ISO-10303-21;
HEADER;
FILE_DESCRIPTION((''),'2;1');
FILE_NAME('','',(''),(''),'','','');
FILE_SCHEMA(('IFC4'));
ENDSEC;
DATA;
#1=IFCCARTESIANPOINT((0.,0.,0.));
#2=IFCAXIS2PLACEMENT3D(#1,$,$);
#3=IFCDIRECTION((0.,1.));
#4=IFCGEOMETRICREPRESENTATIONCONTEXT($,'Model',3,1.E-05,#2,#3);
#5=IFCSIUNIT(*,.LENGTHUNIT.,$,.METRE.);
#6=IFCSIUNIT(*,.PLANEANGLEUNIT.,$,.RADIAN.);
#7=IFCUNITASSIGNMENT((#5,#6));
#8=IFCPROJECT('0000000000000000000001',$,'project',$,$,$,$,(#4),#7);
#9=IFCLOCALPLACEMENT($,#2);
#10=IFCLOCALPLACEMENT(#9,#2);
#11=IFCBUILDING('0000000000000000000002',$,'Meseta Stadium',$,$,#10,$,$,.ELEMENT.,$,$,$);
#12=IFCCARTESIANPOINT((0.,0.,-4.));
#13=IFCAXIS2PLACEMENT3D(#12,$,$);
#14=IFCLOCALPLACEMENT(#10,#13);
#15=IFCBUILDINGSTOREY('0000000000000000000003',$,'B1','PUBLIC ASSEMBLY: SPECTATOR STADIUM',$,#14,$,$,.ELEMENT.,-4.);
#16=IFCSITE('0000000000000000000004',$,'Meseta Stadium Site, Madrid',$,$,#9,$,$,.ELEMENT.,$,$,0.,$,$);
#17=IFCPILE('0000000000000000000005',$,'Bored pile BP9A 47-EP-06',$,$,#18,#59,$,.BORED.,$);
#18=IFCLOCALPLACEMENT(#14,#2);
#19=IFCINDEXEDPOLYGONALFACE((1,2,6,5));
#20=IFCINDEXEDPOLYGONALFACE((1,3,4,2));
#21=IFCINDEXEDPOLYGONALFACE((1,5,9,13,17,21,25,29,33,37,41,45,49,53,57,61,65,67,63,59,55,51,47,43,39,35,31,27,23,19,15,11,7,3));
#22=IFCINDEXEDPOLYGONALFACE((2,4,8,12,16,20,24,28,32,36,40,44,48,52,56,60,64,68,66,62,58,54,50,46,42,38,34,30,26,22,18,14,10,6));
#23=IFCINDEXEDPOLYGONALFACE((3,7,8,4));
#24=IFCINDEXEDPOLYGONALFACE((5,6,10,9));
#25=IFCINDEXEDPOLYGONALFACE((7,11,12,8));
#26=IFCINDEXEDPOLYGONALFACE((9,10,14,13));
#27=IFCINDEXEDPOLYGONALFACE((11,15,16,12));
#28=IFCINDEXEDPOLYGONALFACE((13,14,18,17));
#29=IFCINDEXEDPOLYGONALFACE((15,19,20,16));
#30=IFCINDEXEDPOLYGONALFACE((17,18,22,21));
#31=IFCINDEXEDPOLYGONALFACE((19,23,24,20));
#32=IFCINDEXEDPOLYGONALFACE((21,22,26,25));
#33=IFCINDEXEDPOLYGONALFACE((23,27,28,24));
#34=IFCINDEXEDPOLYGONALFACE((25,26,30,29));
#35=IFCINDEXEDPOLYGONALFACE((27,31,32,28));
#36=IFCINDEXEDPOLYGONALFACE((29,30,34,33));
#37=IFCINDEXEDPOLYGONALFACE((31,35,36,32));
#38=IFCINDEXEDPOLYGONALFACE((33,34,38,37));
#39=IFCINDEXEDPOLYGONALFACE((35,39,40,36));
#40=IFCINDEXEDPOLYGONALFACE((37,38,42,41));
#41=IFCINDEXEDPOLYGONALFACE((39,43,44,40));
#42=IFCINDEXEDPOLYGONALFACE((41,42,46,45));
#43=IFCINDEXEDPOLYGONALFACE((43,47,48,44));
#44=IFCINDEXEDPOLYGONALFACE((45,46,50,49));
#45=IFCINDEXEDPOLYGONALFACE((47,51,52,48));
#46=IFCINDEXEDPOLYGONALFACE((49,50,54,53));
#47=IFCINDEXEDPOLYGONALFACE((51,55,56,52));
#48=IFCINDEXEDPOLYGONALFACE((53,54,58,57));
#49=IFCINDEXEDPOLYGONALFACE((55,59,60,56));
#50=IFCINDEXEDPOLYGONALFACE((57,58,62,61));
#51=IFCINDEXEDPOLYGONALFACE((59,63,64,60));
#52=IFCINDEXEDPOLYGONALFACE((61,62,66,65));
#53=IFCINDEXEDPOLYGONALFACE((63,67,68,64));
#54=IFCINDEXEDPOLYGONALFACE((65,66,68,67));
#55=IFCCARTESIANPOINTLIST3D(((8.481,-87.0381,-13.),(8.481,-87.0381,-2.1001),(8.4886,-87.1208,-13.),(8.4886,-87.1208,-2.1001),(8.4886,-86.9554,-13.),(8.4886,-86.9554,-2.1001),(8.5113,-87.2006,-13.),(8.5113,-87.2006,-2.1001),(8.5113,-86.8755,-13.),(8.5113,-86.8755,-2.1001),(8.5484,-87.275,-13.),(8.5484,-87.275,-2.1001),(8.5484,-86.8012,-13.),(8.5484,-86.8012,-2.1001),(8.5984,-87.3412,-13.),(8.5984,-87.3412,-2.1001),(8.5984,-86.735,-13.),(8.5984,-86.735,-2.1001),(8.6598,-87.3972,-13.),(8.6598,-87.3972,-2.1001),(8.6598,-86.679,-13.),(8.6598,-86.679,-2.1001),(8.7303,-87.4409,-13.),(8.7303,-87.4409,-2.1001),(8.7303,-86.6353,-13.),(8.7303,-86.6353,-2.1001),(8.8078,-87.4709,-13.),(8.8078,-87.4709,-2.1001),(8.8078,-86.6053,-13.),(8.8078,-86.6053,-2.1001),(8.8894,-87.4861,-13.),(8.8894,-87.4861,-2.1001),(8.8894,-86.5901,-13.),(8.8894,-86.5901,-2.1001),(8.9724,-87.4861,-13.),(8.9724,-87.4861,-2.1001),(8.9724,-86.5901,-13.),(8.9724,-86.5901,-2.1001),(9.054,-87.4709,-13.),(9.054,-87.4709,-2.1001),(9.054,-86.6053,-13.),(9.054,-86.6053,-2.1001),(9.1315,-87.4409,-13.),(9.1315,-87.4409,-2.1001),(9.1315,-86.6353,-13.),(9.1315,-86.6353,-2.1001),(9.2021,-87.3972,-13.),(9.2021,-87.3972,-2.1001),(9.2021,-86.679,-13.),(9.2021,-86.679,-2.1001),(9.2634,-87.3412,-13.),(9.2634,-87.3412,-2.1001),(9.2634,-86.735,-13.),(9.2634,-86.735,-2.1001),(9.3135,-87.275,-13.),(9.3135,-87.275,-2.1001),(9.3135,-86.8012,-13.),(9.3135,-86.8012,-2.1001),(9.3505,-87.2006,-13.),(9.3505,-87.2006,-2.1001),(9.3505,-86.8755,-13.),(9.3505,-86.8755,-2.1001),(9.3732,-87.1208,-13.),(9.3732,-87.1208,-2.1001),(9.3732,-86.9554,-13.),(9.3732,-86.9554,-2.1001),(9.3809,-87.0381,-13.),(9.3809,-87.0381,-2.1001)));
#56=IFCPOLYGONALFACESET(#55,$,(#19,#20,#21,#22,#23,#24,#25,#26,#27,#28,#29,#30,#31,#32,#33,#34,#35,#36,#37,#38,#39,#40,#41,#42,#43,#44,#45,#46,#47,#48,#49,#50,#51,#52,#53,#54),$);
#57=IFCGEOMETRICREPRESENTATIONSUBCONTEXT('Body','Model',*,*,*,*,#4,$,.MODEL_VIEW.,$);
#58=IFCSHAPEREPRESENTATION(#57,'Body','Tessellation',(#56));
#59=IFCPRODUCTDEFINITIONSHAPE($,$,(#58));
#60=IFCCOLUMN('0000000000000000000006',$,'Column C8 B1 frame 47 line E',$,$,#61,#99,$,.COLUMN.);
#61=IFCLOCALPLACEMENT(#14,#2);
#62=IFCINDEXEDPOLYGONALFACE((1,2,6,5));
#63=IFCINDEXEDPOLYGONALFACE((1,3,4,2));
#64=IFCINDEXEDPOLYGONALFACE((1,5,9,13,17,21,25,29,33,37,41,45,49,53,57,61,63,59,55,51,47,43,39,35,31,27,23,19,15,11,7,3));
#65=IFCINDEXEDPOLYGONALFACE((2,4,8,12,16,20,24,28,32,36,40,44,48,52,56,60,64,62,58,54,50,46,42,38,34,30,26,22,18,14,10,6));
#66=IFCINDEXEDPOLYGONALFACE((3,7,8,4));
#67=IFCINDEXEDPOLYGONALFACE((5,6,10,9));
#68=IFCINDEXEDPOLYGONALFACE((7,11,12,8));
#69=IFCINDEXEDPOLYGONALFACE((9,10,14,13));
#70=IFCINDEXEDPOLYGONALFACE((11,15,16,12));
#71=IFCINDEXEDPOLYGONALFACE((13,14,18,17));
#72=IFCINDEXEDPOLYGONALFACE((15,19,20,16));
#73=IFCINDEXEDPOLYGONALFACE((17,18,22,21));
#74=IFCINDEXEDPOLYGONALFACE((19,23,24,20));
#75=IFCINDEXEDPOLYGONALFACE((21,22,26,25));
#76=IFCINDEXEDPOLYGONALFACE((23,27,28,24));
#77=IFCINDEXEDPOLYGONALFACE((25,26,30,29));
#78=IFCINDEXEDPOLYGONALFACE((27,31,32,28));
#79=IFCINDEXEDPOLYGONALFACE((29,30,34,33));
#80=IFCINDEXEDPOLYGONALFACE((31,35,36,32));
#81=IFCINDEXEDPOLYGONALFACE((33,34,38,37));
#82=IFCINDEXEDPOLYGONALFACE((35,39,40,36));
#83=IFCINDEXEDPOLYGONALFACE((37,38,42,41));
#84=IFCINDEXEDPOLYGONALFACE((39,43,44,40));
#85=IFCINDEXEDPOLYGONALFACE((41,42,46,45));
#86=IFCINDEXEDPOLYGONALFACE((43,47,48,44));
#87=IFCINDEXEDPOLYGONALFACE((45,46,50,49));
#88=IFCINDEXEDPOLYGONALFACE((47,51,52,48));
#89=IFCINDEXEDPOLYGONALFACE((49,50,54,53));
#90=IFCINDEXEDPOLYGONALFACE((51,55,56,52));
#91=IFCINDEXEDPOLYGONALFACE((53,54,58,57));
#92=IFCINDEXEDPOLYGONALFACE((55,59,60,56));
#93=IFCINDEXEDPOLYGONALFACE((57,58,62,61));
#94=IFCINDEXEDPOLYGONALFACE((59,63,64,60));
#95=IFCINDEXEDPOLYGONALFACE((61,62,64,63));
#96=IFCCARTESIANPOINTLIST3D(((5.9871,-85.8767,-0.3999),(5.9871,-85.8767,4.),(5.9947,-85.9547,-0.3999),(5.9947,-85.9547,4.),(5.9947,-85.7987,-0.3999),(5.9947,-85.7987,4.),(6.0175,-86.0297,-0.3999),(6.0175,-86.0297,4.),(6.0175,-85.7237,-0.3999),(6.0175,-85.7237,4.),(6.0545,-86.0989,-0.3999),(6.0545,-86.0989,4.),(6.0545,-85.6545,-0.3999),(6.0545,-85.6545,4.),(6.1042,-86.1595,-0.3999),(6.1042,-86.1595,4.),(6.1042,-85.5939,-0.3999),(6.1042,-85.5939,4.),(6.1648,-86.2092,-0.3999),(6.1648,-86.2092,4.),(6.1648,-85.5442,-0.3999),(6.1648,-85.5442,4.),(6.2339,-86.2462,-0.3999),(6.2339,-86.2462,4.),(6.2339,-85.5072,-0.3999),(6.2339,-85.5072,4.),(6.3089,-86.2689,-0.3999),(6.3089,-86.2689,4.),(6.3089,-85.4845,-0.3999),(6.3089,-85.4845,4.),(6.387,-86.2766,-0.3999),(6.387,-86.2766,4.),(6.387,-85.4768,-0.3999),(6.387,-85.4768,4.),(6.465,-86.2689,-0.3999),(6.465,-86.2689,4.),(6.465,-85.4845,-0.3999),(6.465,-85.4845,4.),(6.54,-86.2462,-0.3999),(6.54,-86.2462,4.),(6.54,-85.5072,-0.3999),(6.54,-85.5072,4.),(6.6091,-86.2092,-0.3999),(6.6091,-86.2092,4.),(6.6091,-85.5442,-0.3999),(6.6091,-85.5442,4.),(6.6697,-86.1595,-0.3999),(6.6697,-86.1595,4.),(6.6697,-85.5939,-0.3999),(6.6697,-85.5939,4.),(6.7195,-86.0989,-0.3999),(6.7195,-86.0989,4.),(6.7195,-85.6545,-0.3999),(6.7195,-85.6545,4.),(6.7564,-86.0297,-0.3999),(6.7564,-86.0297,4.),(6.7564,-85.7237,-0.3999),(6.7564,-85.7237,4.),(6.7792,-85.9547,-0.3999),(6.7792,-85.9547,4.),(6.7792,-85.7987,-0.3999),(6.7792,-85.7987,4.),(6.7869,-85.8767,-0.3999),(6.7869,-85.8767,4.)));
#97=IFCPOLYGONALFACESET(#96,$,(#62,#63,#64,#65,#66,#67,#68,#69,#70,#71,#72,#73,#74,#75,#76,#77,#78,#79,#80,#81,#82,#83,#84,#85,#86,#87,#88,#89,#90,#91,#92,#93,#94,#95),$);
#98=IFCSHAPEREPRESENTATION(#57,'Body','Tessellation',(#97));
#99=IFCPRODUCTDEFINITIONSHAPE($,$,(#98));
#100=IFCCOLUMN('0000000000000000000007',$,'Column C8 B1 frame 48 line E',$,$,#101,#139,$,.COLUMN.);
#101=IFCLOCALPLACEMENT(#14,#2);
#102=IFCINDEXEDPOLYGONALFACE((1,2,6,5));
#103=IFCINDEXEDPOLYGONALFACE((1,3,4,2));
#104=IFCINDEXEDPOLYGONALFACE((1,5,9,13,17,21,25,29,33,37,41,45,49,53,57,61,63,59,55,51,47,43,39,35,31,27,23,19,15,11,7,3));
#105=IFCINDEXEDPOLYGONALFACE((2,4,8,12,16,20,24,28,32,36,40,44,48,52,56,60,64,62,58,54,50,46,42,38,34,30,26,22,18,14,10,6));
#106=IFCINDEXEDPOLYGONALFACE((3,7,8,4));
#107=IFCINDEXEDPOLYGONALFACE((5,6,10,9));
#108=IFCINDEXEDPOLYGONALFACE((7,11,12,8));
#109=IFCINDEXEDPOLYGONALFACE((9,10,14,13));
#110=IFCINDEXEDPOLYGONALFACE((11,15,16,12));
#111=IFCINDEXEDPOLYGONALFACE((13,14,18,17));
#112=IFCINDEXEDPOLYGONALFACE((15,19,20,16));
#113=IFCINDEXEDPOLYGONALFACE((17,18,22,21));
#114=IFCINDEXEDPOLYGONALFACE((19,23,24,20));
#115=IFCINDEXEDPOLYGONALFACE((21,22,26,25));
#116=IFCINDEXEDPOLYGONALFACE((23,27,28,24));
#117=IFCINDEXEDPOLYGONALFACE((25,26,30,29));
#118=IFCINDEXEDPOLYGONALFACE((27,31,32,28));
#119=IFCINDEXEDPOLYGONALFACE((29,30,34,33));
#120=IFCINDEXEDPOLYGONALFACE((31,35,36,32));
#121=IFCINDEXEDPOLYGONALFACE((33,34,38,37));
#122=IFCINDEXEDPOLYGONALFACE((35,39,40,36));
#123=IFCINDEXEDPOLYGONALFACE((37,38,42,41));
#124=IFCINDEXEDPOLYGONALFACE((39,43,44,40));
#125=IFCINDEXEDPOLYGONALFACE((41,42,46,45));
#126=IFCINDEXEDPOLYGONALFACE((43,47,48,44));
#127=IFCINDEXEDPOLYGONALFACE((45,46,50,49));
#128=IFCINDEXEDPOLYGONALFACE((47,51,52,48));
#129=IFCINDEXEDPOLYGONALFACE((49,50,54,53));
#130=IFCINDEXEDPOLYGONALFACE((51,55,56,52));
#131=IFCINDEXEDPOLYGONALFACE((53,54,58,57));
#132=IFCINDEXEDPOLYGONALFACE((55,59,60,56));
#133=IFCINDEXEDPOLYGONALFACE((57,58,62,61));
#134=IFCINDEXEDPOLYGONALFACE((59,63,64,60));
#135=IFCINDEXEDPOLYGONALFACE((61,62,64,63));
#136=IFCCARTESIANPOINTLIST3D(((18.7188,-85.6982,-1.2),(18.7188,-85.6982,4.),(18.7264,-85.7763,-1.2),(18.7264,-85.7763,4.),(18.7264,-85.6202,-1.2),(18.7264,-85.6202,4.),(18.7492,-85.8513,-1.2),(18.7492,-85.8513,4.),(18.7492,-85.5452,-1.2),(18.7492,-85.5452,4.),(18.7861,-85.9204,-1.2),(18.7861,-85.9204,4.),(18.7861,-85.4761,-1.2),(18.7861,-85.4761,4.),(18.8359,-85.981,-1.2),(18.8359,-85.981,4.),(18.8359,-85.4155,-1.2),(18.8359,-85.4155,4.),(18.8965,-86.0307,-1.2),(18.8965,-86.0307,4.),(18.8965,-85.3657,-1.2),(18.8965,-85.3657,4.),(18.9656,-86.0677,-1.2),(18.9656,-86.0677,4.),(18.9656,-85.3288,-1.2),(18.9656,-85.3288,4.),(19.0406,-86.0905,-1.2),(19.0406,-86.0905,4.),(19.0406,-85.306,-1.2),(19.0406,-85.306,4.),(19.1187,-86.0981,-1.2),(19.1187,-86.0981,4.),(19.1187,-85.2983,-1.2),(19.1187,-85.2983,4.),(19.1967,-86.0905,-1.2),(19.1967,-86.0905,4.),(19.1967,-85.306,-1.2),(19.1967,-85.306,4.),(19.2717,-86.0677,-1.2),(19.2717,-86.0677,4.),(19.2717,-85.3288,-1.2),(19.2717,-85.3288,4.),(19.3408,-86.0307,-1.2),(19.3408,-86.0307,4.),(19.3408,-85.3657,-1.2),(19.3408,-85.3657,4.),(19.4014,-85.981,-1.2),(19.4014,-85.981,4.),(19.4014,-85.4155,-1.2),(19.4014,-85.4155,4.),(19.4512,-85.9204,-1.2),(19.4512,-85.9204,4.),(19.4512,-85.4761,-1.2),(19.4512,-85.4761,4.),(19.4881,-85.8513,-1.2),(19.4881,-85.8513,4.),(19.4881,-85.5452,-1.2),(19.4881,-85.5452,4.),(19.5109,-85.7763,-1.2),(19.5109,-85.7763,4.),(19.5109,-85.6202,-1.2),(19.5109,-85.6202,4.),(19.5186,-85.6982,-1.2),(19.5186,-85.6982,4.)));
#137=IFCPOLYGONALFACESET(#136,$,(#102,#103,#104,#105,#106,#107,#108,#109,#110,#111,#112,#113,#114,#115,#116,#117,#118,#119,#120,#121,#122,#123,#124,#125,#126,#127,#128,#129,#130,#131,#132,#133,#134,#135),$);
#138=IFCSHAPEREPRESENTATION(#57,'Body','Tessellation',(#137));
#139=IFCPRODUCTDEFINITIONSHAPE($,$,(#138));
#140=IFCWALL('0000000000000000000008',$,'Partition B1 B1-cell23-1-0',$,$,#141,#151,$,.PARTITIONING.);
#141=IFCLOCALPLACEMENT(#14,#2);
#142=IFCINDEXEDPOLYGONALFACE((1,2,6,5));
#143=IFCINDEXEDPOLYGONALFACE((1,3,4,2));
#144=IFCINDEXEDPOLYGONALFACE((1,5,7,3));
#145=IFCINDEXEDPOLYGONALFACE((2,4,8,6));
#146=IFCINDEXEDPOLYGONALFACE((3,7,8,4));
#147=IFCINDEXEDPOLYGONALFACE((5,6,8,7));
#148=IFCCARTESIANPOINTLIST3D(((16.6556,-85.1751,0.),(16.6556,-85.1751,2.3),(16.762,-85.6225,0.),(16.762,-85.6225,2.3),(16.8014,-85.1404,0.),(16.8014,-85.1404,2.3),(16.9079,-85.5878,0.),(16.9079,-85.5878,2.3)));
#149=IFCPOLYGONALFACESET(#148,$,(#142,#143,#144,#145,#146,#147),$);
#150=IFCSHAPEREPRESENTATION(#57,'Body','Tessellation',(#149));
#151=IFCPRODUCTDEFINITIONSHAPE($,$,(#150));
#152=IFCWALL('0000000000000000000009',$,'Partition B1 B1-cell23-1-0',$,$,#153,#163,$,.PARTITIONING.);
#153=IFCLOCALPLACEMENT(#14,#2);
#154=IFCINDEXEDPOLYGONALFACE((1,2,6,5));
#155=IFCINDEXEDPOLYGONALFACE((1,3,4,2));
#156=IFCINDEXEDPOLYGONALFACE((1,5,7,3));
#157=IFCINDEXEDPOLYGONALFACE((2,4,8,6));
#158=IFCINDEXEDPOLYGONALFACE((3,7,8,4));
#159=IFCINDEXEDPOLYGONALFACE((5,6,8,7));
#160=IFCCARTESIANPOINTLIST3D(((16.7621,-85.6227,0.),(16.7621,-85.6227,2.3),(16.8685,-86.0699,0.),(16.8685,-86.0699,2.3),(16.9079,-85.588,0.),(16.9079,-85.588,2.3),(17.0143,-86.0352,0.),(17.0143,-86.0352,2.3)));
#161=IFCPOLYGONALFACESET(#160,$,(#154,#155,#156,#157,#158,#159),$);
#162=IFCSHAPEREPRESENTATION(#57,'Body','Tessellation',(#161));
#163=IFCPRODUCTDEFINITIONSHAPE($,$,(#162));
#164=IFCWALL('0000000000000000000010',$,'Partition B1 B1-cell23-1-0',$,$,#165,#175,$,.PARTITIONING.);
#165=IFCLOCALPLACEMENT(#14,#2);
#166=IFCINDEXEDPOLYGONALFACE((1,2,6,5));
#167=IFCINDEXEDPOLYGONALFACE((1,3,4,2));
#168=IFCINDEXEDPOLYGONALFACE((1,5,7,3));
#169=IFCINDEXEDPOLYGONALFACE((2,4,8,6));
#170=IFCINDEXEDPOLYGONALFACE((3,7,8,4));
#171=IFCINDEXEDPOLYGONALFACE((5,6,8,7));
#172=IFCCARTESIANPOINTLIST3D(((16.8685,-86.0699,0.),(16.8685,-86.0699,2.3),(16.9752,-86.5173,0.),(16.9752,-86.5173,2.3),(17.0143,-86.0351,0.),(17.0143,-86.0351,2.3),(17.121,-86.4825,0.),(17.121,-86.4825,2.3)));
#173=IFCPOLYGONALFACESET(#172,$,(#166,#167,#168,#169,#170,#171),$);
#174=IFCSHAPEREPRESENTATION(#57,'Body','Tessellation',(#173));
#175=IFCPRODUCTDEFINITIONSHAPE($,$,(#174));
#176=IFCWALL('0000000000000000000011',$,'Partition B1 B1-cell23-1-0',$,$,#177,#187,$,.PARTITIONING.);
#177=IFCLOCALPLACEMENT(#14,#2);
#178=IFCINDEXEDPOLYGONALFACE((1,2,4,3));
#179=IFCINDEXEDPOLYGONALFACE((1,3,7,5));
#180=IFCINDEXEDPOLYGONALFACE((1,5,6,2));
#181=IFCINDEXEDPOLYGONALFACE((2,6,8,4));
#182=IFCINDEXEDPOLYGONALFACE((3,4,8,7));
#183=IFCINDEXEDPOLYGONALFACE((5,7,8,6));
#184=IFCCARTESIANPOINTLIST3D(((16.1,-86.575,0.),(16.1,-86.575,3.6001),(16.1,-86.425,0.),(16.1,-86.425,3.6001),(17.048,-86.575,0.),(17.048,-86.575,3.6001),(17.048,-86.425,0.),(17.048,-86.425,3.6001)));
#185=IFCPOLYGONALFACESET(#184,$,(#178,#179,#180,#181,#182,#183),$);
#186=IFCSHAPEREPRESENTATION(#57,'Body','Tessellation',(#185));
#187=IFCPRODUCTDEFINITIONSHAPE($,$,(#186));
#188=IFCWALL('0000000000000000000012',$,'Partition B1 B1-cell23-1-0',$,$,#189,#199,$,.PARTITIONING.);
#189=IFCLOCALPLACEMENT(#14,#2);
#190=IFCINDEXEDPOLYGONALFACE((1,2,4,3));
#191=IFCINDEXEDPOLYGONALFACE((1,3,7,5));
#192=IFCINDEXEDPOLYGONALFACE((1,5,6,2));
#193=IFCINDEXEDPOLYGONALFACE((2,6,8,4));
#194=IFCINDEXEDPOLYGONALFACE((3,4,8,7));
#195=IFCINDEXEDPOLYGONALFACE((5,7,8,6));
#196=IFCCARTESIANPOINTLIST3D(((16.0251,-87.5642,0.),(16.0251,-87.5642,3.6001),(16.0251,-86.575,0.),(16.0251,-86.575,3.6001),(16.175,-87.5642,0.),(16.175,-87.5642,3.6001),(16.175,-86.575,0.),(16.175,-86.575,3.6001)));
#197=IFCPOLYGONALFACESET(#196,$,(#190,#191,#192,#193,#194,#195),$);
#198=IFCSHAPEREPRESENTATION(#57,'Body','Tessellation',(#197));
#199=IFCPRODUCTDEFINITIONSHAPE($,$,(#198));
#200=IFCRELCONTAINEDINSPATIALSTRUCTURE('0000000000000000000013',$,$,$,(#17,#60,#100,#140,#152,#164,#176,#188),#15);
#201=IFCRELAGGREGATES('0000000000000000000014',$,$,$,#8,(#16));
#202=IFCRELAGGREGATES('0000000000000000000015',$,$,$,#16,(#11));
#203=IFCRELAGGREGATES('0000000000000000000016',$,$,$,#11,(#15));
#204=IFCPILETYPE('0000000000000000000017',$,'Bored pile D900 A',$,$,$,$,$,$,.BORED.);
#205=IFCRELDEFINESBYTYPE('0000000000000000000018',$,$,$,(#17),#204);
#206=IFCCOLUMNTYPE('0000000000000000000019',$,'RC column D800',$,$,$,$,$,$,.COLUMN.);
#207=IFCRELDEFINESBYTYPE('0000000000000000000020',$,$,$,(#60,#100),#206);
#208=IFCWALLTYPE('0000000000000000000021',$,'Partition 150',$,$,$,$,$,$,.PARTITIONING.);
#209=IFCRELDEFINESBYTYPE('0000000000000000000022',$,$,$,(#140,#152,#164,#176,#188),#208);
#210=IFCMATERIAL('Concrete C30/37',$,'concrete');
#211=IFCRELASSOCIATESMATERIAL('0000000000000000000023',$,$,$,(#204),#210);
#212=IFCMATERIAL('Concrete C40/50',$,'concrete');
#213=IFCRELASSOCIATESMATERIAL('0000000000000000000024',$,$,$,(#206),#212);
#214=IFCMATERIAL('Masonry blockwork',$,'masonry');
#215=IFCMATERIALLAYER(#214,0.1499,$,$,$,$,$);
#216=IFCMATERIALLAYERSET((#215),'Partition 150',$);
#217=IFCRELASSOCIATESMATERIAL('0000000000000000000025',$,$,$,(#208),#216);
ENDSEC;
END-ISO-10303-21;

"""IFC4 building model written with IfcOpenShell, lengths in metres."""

from ifc_helpers import new_model, si_unit, direction, frame, frame_2d, origin, origin_2d, place, context, subcontext, project, spatial, rectangle, circle, extrude, material, layer, layer_set, material_profile, profile_set, type_object, element, save


model = new_model("IFC4")

# Units and contexts
model_context = context("Model", 3, precision=1e-05, world=origin(), true_north=direction((0.0, 1.0)))
body_context = subcontext(model_context, "Body", "Model", "MODEL_VIEW")
ifc_project = project(units=[si_unit("LENGTHUNIT", "METRE"), si_unit("PLANEANGLEUNIT", "RADIAN")], contexts=[model_context])

# Site, building, storey
site_placement = place(None, origin())
site = spatial("IfcSite", under=ifc_project, at=site_placement, Name="Meseta Stadium Site, Madrid", CompositionType="ELEMENT", RefElevation=0.0)
building_placement = place(site_placement, origin())
building = spatial("IfcBuilding", under=site, at=building_placement, Name="Meseta Stadium", CompositionType="ELEMENT")
storey_placement = place(building_placement, frame((0.0, 0.0, -4.0)))
storey = spatial("IfcBuildingStorey", under=building, at=storey_placement, Name="B1", Description="PUBLIC ASSEMBLY: SPECTATOR STADIUM", CompositionType="ELEMENT", Elevation=-4.0)

# Pile
ifc_material_1 = material(Name="Concrete C30/37", Category="concrete")
ifc_material_profile_1 = material_profile(ifc_material_1, circle(Radius=0.45, at=origin_2d()), Name="D900")
ifc_profile_set_1 = profile_set([ifc_material_profile_1], Name="Concrete C30/37")
pile_type = type_object("IfcPileType", Name="Bored pile D900 A", PredefinedType="BORED", material=ifc_profile_set_1)
for number, where, z_axis, x_axis, name in (
    (1, (8.9309, -87.0381, -2.1001), (0.0, 0.0, -1.0), (1.0, 0.0, 0.0), "Bored pile BP9A 47-EP-06"),
):
    element("IfcPile", number, at=place(storey_placement, frame(where, z_axis=z_axis, x_axis=x_axis)), inside=storey, type_object=pile_type, Name=name, PredefinedType="BORED", context=body_context, shape_type="SweptSolid", body=[
        extrude(circle(Radius=0.45, at=origin_2d()), origin(), (0.0, 0.0, 1.0), 10.8999),
    ])

# Columns
ifc_material_2 = material(Name="Concrete C40/50", Category="concrete")
ifc_material_profile_2 = material_profile(ifc_material_2, circle(Radius=0.3999, at=origin_2d()), Name="RC D800")
ifc_profile_set_2 = profile_set([ifc_material_profile_2], Name="Concrete C40/50")
column_type = type_object("IfcColumnType", Name="RC column D800", PredefinedType="COLUMN", material=ifc_profile_set_2)
column_1_placement = place(storey_placement, frame((6.387, -85.8767, -0.3999), z_axis=(0.0, 0.0, 1.0), x_axis=(1.0, 0.0, 0.0)))
element("IfcColumn", 2, at=column_1_placement, inside=storey, type_object=column_type, Name="Column C8 B1 frame 47 line E", PredefinedType="COLUMN", context=body_context, shape_type="SweptSolid", body=[
    extrude(circle(Radius=0.3999, at=origin_2d()), origin(), (0.0, 0.0, 1.0), 4.3999),
])
column_2_placement = place(storey_placement, frame((19.1187, -85.6982, -1.2), z_axis=(0.0, 0.0, 1.0), x_axis=(1.0, 0.0, 0.0)))
element("IfcColumn", 3, at=column_2_placement, inside=storey, type_object=column_type, Name="Column C8 B1 frame 48 line E", PredefinedType="COLUMN", context=body_context, shape_type="SweptSolid", body=[
    extrude(circle(Radius=0.3999, at=origin_2d()), origin(), (0.0, 0.0, 1.0), 5.2),
])

# Walls
ifc_material_3 = material(Name="Masonry blockwork", Category="masonry")
ifc_layer = layer(ifc_material_3, 0.1499)
ifc_layer_set = layer_set([ifc_layer], Name="Partition 150")
wall_type = type_object("IfcWallType", Name="Partition 150", PredefinedType="PARTITIONING", material=ifc_layer_set)
wall_1_placement = place(storey_placement, frame((16.7285, -85.1577, 0.0), z_axis=(0.0, 0.0, 1.0), x_axis=(0.231405, -0.972857, 0.0)))
element("IfcWall", 4, at=wall_1_placement, inside=storey, type_object=wall_type, Name="Partition B1 B1-cell23-1-0", PredefinedType="PARTITIONING", context=body_context, shape_type="SweptSolid", body=[
    extrude(rectangle(XDim=0.46, YDim=0.1499, at=frame_2d((0.23, 0.0))), origin(), (0.0, 0.0, 1.0), 2.3),
])
wall_2_placement = place(storey_placement, frame((16.835, -85.6052, 0.0), z_axis=(0.0, 0.0, 1.0), x_axis=(0.231525, -0.972829, 0.0)))
element("IfcWall", 5, at=wall_2_placement, inside=storey, type_object=wall_type, Name="Partition B1 B1-cell23-1-0", PredefinedType="PARTITIONING", context=body_context, shape_type="SweptSolid", body=[
    extrude(rectangle(XDim=0.4597, YDim=0.1499, at=frame_2d((0.23, 0.0))), origin(), (0.0, 0.0, 1.0), 2.3),
])
wall_3_placement = place(storey_placement, frame((16.9414, -86.0525, 0.0), z_axis=(0.0, 0.0, 1.0), x_axis=(0.231907, -0.972738, 0.0)))
element("IfcWall", 6, at=wall_3_placement, inside=storey, type_object=wall_type, Name="Partition B1 B1-cell23-1-0", PredefinedType="PARTITIONING", context=body_context, shape_type="SweptSolid", body=[
    extrude(rectangle(XDim=0.46, YDim=0.1499, at=frame_2d((0.23, 0.0))), origin(), (0.0, 0.0, 1.0), 2.3),
])
wall_4_placement = place(storey_placement, frame((17.0481, -86.5, 0.0), z_axis=(0.0, 0.0, 1.0), x_axis=(-1.0, 0.0, 0.0)))
element("IfcWall", 7, at=wall_4_placement, inside=storey, type_object=wall_type, Name="Partition B1 B1-cell23-1-0", PredefinedType="PARTITIONING", context=body_context, shape_type="SweptSolid", body=[
    extrude(rectangle(XDim=0.948, YDim=0.1499, at=frame_2d((0.4741, 0.0))), origin(), (0.0, 0.0, 1.0), 3.6001),
])
wall_5_placement = place(storey_placement, frame((16.1001, -86.575, 0.0), z_axis=(0.0, 0.0, 1.0), x_axis=(0.0, -1.0, 0.0)))
element("IfcWall", 8, at=wall_5_placement, inside=storey, type_object=wall_type, Name="Partition B1 B1-cell23-1-0", PredefinedType="PARTITIONING", context=body_context, shape_type="SweptSolid", body=[
    extrude(rectangle(XDim=0.9893, YDim=0.1499, at=frame_2d((0.4946, 0.0))), origin(), (0.0, 0.0, 1.0), 3.6001),
])

save(model, "model.ifc")
